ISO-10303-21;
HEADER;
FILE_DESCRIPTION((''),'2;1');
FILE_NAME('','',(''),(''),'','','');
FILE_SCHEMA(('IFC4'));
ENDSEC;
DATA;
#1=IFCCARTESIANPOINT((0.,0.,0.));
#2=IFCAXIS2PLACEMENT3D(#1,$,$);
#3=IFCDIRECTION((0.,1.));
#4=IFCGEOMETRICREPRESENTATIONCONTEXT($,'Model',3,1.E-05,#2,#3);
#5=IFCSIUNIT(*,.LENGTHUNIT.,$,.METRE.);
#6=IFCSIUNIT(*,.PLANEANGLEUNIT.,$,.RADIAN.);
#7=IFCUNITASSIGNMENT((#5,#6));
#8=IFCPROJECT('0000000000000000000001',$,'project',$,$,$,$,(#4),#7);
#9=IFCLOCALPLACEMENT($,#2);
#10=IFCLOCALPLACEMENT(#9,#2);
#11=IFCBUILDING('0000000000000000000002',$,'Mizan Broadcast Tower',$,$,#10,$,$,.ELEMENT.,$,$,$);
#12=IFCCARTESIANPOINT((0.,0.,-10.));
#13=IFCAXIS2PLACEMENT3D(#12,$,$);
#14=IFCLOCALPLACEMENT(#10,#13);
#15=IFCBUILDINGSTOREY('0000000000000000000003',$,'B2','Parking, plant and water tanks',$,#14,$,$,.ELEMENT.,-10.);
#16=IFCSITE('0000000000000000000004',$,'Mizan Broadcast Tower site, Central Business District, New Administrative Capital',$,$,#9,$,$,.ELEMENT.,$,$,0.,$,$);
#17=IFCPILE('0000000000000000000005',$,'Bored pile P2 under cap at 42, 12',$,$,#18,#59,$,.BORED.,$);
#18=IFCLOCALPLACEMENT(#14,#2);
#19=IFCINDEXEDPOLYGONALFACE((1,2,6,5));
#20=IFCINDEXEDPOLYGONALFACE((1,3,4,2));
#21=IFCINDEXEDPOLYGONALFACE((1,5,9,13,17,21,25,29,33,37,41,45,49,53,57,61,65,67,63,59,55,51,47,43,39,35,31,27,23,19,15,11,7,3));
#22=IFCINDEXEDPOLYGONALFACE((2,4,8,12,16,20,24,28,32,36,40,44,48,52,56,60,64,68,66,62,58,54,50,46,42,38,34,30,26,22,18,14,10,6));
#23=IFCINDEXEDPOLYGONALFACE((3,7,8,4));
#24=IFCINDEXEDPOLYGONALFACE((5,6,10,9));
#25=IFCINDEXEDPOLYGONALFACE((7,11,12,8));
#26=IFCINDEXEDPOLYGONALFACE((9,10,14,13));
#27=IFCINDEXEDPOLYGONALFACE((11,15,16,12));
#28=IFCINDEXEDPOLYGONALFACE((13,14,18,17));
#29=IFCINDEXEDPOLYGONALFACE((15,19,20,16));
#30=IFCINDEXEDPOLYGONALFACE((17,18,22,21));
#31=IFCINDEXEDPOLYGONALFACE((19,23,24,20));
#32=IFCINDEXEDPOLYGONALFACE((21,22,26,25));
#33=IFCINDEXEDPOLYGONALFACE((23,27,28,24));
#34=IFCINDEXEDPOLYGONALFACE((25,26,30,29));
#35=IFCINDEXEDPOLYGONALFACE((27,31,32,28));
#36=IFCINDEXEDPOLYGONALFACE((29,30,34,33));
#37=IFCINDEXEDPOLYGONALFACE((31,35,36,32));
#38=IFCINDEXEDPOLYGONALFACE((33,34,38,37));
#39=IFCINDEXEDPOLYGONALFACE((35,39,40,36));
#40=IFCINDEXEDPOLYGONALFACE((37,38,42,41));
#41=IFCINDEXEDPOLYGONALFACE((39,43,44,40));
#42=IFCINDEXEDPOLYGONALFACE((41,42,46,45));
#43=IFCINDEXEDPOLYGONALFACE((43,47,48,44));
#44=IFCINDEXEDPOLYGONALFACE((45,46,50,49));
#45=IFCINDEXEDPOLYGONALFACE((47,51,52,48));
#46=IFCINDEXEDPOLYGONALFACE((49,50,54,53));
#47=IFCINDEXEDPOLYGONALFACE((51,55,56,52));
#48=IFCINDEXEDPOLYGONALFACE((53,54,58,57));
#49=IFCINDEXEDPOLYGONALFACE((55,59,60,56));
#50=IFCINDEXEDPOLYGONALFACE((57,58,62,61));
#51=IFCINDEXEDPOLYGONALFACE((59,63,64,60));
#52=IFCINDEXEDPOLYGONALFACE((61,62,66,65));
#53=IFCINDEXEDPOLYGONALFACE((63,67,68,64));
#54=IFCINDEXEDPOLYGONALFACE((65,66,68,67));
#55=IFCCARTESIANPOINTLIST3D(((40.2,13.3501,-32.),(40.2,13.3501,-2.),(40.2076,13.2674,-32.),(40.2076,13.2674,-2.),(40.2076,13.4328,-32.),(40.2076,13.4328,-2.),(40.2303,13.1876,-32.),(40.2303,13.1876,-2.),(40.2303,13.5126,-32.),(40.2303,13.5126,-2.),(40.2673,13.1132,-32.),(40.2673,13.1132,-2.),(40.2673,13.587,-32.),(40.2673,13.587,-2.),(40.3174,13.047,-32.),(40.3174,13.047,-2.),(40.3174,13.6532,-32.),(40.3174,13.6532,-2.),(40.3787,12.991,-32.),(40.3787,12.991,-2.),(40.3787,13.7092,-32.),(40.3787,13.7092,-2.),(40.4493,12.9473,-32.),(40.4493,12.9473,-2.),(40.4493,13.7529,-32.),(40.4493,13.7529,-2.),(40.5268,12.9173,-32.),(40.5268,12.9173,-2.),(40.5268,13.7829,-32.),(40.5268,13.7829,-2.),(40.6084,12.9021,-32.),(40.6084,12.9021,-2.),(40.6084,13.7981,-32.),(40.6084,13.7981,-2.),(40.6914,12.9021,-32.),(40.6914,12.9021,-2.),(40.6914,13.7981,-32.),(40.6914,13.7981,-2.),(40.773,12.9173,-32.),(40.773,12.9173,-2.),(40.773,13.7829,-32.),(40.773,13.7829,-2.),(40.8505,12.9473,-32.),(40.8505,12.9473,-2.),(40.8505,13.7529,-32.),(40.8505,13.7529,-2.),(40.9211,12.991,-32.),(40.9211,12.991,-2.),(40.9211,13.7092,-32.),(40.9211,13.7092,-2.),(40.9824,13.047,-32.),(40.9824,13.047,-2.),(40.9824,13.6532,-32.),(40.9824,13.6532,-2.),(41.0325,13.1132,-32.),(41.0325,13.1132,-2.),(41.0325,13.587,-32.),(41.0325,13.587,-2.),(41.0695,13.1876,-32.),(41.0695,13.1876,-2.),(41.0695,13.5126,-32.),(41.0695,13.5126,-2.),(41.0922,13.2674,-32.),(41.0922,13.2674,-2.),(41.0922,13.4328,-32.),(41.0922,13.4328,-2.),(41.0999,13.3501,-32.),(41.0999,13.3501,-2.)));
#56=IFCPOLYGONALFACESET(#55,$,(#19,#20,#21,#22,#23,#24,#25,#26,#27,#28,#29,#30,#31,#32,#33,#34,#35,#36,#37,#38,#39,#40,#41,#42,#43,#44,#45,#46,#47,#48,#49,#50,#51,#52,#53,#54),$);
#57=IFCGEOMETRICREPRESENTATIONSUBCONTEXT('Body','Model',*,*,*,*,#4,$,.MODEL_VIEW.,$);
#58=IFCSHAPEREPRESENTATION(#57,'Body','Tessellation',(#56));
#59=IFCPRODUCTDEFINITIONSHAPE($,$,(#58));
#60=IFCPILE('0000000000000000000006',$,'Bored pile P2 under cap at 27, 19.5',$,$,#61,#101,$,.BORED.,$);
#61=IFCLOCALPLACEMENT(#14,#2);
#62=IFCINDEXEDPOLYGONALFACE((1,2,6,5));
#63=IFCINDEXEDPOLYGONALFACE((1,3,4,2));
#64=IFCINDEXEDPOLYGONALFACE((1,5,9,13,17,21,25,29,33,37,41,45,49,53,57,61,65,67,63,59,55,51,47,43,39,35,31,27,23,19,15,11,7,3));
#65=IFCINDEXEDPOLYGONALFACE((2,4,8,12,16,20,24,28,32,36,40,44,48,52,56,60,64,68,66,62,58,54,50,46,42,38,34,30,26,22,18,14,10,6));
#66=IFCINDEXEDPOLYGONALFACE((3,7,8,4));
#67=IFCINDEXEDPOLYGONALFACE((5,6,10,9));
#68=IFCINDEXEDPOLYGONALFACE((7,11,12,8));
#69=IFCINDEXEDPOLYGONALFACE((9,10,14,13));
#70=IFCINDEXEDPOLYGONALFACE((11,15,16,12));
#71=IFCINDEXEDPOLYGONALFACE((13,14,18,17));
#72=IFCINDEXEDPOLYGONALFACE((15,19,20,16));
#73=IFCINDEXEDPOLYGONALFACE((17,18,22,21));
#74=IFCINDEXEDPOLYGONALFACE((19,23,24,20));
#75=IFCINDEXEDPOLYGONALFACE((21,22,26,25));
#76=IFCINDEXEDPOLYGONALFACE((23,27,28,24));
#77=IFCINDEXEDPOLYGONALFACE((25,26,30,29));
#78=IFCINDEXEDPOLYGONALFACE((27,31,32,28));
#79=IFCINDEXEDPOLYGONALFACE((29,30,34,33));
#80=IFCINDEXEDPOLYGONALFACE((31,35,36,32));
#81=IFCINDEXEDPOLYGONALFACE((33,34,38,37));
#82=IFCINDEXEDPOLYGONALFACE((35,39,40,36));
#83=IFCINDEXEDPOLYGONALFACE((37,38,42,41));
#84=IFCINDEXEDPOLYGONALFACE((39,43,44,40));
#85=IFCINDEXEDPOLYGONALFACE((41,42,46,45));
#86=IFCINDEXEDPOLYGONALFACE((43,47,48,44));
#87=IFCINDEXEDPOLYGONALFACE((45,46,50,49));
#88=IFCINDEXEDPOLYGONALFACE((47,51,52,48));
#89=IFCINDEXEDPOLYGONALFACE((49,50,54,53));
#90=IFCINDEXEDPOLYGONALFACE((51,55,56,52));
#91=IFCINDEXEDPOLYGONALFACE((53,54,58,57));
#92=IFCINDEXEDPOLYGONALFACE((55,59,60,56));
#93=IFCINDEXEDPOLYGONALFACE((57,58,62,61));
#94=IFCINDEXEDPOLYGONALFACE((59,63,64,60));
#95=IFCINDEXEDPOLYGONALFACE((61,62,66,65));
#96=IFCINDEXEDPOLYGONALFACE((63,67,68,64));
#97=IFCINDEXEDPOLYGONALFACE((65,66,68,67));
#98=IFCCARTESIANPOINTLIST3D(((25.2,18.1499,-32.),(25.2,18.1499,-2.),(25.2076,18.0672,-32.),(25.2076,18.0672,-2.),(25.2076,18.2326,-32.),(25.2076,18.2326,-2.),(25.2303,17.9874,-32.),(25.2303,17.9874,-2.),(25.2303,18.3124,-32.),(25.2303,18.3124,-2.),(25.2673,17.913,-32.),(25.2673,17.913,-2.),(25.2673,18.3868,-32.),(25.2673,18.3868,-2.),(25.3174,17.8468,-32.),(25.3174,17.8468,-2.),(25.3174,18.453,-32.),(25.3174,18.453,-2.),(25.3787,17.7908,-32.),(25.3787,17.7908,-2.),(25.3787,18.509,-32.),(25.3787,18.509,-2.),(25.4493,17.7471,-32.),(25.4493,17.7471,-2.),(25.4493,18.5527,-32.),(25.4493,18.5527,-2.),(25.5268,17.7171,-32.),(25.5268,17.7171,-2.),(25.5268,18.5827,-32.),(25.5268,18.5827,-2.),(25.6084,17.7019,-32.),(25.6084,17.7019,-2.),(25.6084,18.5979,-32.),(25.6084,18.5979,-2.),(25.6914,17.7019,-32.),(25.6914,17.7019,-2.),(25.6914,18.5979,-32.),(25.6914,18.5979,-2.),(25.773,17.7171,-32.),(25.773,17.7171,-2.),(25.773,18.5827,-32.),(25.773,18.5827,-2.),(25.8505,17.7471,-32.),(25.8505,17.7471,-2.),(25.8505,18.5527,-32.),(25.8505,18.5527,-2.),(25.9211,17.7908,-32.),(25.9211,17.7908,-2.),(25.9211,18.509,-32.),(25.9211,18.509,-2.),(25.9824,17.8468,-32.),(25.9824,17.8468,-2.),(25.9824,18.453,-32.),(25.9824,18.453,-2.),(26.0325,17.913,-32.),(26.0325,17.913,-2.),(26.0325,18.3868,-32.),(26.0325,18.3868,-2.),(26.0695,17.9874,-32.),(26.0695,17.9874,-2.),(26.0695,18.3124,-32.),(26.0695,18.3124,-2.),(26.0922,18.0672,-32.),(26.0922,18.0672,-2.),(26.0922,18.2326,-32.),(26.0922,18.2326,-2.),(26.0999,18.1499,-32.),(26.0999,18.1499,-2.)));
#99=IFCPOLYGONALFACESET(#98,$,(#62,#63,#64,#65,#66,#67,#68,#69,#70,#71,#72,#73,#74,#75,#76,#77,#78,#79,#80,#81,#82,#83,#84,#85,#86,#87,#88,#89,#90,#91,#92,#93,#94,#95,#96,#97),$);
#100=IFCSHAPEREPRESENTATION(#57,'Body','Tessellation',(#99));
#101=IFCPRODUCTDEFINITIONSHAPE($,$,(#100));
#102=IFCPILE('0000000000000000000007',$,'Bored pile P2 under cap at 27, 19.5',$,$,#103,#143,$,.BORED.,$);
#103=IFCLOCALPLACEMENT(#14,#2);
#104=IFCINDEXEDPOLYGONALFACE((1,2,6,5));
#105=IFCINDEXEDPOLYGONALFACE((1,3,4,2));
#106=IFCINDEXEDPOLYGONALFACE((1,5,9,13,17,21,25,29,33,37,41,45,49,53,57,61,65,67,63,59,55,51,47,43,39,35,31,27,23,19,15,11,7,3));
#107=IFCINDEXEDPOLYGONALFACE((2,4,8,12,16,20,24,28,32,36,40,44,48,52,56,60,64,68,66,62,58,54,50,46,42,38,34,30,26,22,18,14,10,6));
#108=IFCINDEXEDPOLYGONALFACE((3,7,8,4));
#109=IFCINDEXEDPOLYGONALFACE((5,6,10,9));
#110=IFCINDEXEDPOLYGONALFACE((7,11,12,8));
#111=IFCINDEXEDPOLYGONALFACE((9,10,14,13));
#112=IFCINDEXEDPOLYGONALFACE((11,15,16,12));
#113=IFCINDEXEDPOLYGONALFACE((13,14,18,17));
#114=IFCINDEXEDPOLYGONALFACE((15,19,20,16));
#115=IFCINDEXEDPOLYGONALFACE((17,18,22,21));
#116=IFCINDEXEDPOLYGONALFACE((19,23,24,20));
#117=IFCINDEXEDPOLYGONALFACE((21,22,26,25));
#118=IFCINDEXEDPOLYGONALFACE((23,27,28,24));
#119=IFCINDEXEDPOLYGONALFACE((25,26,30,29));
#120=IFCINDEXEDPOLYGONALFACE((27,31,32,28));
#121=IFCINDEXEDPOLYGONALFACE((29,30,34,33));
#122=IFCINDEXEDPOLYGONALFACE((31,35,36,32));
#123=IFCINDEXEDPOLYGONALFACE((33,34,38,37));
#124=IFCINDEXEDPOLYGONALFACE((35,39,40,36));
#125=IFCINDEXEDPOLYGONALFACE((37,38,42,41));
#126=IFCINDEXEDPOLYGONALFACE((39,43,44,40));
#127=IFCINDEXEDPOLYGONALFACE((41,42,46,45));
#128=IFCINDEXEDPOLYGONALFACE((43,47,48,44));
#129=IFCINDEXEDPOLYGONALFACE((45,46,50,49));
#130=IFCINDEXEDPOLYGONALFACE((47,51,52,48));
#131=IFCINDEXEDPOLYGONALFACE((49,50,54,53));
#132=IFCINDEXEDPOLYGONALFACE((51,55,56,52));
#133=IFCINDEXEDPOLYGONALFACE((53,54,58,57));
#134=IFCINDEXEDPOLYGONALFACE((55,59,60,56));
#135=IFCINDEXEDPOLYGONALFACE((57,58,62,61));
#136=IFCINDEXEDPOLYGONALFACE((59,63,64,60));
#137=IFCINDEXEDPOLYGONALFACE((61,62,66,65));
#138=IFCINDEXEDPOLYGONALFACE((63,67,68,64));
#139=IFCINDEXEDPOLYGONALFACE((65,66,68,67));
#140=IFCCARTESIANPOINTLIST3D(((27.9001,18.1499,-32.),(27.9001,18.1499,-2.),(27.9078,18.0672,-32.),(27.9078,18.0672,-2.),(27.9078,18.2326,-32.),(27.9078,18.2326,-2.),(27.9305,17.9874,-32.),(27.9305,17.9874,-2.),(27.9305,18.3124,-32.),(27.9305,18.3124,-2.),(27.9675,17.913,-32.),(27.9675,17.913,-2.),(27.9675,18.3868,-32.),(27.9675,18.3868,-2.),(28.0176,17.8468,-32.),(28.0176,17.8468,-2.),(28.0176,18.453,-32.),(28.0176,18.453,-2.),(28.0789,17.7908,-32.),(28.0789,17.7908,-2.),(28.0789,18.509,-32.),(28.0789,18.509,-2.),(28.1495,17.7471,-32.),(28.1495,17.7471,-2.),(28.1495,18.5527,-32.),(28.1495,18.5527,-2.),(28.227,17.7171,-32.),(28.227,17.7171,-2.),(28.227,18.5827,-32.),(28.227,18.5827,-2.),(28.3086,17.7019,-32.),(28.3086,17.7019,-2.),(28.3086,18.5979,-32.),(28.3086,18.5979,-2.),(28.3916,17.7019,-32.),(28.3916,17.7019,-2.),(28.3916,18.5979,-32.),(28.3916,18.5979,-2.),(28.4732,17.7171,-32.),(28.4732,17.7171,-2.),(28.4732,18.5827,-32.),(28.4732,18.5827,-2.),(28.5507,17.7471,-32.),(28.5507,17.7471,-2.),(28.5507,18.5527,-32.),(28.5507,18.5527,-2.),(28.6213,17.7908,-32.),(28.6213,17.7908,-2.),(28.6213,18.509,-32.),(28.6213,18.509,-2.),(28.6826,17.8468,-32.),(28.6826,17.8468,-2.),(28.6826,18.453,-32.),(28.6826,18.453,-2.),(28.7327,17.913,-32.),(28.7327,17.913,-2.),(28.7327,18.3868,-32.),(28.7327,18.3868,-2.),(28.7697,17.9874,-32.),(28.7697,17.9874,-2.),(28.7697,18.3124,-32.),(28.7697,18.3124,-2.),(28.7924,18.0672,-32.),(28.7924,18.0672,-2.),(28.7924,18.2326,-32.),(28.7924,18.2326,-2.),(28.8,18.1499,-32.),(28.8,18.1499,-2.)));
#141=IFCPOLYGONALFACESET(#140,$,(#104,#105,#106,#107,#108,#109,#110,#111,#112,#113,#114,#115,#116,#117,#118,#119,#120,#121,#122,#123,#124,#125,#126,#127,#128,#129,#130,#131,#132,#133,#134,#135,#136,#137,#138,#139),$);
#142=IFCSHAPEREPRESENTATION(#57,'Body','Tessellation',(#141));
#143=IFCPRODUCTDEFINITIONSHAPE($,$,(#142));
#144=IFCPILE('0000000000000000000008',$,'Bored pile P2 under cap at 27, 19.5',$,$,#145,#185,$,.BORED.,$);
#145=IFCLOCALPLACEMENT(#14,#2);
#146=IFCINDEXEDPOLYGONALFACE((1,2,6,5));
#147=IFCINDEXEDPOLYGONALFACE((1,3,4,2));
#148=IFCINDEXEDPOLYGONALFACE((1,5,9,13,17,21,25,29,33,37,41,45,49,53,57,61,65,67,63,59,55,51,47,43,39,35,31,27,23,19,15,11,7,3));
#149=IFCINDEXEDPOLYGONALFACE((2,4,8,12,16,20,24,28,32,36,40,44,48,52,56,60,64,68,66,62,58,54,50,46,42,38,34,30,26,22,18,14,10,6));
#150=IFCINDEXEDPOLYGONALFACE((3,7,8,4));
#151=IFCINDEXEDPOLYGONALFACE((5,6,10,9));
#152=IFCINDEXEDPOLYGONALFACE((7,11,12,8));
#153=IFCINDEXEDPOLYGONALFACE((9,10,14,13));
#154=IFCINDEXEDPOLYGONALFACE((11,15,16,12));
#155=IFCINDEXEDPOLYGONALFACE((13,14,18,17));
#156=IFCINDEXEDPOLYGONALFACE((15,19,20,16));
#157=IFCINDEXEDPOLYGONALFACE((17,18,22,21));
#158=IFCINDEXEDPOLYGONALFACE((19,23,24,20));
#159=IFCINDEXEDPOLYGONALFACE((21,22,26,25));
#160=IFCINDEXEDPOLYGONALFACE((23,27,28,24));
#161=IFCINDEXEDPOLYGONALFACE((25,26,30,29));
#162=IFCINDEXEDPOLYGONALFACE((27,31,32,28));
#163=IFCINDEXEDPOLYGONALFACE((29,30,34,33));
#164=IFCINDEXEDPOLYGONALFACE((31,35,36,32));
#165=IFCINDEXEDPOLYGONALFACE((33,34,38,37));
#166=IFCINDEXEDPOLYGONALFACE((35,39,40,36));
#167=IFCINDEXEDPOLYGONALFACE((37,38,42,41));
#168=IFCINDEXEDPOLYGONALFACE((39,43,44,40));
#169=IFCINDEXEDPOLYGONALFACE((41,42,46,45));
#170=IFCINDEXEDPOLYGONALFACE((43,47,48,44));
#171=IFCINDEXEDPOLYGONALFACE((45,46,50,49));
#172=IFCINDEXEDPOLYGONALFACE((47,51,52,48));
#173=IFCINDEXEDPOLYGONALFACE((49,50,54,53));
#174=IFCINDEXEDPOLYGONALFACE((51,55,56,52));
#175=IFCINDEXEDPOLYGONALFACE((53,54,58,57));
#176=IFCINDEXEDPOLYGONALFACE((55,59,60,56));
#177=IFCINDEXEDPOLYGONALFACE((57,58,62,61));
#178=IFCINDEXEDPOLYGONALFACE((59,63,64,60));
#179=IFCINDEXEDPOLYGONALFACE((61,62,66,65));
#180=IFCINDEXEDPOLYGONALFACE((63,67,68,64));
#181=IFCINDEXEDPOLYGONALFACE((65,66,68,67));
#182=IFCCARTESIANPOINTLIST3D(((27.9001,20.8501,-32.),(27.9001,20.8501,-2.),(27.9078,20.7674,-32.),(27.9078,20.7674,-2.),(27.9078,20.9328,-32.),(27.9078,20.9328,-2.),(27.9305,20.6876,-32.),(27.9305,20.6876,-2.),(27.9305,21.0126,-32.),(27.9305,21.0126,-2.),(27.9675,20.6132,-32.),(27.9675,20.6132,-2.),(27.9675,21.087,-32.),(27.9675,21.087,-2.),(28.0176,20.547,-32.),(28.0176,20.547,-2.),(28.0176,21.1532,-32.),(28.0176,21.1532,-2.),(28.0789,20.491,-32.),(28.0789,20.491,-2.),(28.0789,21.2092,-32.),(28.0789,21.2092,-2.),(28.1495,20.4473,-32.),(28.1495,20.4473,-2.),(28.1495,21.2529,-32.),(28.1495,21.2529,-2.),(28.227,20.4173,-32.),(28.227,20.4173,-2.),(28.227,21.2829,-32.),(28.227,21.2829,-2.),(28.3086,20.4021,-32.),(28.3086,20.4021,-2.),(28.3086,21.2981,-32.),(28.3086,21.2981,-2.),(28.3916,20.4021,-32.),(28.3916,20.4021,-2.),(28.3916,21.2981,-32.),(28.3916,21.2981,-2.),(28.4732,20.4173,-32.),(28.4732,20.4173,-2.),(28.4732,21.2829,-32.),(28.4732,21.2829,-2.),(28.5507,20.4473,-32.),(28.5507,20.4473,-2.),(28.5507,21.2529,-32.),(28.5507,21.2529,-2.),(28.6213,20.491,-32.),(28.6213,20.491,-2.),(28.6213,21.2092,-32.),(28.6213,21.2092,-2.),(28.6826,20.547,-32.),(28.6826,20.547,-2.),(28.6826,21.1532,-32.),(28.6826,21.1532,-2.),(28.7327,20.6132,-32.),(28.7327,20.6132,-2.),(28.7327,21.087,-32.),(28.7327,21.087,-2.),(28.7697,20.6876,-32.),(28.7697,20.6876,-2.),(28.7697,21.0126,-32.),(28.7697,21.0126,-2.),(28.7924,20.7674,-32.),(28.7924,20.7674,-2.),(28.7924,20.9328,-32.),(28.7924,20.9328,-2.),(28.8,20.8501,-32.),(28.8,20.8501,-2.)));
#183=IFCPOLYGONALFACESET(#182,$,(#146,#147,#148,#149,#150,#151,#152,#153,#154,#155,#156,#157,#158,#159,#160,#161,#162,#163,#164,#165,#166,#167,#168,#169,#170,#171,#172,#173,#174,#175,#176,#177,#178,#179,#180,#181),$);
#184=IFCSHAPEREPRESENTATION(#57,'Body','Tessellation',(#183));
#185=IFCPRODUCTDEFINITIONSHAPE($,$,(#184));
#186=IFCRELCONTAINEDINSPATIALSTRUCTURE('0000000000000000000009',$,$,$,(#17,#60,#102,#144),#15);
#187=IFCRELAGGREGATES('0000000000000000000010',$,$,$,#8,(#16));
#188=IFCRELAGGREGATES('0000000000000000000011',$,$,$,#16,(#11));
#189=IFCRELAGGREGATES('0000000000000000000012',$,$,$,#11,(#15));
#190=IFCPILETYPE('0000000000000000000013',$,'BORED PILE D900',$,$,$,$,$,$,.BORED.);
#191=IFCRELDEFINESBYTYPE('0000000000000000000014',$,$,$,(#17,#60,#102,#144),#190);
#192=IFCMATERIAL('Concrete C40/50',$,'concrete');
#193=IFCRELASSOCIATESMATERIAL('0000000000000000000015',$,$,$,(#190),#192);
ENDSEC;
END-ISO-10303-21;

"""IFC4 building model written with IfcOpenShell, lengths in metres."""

from ifc_helpers import new_model, si_unit, direction, frame, origin, origin_2d, place, context, subcontext, project, spatial, circle, extrude, material, material_profile, profile_set, type_object, element, save


model = new_model("IFC4")

# Units and contexts
model_context = context("Model", 3, precision=1e-05, world=origin(), true_north=direction((0.0, 1.0)))
body_context = subcontext(model_context, "Body", "Model", "MODEL_VIEW")
ifc_project = project(units=[si_unit("LENGTHUNIT", "METRE"), si_unit("PLANEANGLEUNIT", "RADIAN")], contexts=[model_context])

# Site, building, storey
site_placement = place(None, origin())
site = spatial("IfcSite", under=ifc_project, at=site_placement, Name="Mizan Broadcast Tower site, Central Business District, New Administrative Capital", CompositionType="ELEMENT", RefElevation=0.0)
building_placement = place(site_placement, origin())
building = spatial("IfcBuilding", under=site, at=building_placement, Name="Mizan Broadcast Tower", CompositionType="ELEMENT")
storey_placement = place(building_placement, frame((0.0, 0.0, -10.0)))
storey = spatial("IfcBuildingStorey", under=building, at=storey_placement, Name="B2", Description="Parking, plant and water tanks", CompositionType="ELEMENT", Elevation=-10.0)

# Piles
ifc_material_1 = material(Name="Concrete C40/50", Category="concrete")
ifc_material_profile_1 = material_profile(ifc_material_1, circle(Radius=0.45, at=origin_2d()), Name="D900")
ifc_profile_set_1 = profile_set([ifc_material_profile_1], Name="Concrete C40/50")
pile_type_1 = type_object("IfcPileType", Name="BORED PILE D900", PredefinedType="BORED", material=ifc_profile_set_1)
for number, where, z_axis, x_axis, name in (
    (1, (40.6499, 13.3501, -2.0), (0.0, 0.0, -1.0), (1.0, 0.0, 0.0), "Bored pile P2 under cap at 42, 12"),
    (2, (25.6499, 18.1499, -2.0), (0.0, 0.0, -1.0), (1.0, 0.0, 0.0), "Bored pile P2 under cap at 27, 19.5"),
    (3, (28.3501, 18.1499, -2.0), (0.0, 0.0, -1.0), (1.0, 0.0, 0.0), "Bored pile P2 under cap at 27, 19.5"),
    (4, (28.3501, 20.8501, -2.0), (0.0, 0.0, -1.0), (1.0, 0.0, 0.0), "Bored pile P2 under cap at 27, 19.5"),
):
    element("IfcPile", number, at=place(storey_placement, frame(where, z_axis=z_axis, x_axis=x_axis)), inside=storey, type_object=pile_type_1, Name=name, PredefinedType="BORED", context=body_context, shape_type="SweptSolid", body=[
        extrude(circle(Radius=0.45, at=origin_2d()), origin(), (0.0, 0.0, 1.0), 30.0),
    ])

save(model, "model.ifc")
